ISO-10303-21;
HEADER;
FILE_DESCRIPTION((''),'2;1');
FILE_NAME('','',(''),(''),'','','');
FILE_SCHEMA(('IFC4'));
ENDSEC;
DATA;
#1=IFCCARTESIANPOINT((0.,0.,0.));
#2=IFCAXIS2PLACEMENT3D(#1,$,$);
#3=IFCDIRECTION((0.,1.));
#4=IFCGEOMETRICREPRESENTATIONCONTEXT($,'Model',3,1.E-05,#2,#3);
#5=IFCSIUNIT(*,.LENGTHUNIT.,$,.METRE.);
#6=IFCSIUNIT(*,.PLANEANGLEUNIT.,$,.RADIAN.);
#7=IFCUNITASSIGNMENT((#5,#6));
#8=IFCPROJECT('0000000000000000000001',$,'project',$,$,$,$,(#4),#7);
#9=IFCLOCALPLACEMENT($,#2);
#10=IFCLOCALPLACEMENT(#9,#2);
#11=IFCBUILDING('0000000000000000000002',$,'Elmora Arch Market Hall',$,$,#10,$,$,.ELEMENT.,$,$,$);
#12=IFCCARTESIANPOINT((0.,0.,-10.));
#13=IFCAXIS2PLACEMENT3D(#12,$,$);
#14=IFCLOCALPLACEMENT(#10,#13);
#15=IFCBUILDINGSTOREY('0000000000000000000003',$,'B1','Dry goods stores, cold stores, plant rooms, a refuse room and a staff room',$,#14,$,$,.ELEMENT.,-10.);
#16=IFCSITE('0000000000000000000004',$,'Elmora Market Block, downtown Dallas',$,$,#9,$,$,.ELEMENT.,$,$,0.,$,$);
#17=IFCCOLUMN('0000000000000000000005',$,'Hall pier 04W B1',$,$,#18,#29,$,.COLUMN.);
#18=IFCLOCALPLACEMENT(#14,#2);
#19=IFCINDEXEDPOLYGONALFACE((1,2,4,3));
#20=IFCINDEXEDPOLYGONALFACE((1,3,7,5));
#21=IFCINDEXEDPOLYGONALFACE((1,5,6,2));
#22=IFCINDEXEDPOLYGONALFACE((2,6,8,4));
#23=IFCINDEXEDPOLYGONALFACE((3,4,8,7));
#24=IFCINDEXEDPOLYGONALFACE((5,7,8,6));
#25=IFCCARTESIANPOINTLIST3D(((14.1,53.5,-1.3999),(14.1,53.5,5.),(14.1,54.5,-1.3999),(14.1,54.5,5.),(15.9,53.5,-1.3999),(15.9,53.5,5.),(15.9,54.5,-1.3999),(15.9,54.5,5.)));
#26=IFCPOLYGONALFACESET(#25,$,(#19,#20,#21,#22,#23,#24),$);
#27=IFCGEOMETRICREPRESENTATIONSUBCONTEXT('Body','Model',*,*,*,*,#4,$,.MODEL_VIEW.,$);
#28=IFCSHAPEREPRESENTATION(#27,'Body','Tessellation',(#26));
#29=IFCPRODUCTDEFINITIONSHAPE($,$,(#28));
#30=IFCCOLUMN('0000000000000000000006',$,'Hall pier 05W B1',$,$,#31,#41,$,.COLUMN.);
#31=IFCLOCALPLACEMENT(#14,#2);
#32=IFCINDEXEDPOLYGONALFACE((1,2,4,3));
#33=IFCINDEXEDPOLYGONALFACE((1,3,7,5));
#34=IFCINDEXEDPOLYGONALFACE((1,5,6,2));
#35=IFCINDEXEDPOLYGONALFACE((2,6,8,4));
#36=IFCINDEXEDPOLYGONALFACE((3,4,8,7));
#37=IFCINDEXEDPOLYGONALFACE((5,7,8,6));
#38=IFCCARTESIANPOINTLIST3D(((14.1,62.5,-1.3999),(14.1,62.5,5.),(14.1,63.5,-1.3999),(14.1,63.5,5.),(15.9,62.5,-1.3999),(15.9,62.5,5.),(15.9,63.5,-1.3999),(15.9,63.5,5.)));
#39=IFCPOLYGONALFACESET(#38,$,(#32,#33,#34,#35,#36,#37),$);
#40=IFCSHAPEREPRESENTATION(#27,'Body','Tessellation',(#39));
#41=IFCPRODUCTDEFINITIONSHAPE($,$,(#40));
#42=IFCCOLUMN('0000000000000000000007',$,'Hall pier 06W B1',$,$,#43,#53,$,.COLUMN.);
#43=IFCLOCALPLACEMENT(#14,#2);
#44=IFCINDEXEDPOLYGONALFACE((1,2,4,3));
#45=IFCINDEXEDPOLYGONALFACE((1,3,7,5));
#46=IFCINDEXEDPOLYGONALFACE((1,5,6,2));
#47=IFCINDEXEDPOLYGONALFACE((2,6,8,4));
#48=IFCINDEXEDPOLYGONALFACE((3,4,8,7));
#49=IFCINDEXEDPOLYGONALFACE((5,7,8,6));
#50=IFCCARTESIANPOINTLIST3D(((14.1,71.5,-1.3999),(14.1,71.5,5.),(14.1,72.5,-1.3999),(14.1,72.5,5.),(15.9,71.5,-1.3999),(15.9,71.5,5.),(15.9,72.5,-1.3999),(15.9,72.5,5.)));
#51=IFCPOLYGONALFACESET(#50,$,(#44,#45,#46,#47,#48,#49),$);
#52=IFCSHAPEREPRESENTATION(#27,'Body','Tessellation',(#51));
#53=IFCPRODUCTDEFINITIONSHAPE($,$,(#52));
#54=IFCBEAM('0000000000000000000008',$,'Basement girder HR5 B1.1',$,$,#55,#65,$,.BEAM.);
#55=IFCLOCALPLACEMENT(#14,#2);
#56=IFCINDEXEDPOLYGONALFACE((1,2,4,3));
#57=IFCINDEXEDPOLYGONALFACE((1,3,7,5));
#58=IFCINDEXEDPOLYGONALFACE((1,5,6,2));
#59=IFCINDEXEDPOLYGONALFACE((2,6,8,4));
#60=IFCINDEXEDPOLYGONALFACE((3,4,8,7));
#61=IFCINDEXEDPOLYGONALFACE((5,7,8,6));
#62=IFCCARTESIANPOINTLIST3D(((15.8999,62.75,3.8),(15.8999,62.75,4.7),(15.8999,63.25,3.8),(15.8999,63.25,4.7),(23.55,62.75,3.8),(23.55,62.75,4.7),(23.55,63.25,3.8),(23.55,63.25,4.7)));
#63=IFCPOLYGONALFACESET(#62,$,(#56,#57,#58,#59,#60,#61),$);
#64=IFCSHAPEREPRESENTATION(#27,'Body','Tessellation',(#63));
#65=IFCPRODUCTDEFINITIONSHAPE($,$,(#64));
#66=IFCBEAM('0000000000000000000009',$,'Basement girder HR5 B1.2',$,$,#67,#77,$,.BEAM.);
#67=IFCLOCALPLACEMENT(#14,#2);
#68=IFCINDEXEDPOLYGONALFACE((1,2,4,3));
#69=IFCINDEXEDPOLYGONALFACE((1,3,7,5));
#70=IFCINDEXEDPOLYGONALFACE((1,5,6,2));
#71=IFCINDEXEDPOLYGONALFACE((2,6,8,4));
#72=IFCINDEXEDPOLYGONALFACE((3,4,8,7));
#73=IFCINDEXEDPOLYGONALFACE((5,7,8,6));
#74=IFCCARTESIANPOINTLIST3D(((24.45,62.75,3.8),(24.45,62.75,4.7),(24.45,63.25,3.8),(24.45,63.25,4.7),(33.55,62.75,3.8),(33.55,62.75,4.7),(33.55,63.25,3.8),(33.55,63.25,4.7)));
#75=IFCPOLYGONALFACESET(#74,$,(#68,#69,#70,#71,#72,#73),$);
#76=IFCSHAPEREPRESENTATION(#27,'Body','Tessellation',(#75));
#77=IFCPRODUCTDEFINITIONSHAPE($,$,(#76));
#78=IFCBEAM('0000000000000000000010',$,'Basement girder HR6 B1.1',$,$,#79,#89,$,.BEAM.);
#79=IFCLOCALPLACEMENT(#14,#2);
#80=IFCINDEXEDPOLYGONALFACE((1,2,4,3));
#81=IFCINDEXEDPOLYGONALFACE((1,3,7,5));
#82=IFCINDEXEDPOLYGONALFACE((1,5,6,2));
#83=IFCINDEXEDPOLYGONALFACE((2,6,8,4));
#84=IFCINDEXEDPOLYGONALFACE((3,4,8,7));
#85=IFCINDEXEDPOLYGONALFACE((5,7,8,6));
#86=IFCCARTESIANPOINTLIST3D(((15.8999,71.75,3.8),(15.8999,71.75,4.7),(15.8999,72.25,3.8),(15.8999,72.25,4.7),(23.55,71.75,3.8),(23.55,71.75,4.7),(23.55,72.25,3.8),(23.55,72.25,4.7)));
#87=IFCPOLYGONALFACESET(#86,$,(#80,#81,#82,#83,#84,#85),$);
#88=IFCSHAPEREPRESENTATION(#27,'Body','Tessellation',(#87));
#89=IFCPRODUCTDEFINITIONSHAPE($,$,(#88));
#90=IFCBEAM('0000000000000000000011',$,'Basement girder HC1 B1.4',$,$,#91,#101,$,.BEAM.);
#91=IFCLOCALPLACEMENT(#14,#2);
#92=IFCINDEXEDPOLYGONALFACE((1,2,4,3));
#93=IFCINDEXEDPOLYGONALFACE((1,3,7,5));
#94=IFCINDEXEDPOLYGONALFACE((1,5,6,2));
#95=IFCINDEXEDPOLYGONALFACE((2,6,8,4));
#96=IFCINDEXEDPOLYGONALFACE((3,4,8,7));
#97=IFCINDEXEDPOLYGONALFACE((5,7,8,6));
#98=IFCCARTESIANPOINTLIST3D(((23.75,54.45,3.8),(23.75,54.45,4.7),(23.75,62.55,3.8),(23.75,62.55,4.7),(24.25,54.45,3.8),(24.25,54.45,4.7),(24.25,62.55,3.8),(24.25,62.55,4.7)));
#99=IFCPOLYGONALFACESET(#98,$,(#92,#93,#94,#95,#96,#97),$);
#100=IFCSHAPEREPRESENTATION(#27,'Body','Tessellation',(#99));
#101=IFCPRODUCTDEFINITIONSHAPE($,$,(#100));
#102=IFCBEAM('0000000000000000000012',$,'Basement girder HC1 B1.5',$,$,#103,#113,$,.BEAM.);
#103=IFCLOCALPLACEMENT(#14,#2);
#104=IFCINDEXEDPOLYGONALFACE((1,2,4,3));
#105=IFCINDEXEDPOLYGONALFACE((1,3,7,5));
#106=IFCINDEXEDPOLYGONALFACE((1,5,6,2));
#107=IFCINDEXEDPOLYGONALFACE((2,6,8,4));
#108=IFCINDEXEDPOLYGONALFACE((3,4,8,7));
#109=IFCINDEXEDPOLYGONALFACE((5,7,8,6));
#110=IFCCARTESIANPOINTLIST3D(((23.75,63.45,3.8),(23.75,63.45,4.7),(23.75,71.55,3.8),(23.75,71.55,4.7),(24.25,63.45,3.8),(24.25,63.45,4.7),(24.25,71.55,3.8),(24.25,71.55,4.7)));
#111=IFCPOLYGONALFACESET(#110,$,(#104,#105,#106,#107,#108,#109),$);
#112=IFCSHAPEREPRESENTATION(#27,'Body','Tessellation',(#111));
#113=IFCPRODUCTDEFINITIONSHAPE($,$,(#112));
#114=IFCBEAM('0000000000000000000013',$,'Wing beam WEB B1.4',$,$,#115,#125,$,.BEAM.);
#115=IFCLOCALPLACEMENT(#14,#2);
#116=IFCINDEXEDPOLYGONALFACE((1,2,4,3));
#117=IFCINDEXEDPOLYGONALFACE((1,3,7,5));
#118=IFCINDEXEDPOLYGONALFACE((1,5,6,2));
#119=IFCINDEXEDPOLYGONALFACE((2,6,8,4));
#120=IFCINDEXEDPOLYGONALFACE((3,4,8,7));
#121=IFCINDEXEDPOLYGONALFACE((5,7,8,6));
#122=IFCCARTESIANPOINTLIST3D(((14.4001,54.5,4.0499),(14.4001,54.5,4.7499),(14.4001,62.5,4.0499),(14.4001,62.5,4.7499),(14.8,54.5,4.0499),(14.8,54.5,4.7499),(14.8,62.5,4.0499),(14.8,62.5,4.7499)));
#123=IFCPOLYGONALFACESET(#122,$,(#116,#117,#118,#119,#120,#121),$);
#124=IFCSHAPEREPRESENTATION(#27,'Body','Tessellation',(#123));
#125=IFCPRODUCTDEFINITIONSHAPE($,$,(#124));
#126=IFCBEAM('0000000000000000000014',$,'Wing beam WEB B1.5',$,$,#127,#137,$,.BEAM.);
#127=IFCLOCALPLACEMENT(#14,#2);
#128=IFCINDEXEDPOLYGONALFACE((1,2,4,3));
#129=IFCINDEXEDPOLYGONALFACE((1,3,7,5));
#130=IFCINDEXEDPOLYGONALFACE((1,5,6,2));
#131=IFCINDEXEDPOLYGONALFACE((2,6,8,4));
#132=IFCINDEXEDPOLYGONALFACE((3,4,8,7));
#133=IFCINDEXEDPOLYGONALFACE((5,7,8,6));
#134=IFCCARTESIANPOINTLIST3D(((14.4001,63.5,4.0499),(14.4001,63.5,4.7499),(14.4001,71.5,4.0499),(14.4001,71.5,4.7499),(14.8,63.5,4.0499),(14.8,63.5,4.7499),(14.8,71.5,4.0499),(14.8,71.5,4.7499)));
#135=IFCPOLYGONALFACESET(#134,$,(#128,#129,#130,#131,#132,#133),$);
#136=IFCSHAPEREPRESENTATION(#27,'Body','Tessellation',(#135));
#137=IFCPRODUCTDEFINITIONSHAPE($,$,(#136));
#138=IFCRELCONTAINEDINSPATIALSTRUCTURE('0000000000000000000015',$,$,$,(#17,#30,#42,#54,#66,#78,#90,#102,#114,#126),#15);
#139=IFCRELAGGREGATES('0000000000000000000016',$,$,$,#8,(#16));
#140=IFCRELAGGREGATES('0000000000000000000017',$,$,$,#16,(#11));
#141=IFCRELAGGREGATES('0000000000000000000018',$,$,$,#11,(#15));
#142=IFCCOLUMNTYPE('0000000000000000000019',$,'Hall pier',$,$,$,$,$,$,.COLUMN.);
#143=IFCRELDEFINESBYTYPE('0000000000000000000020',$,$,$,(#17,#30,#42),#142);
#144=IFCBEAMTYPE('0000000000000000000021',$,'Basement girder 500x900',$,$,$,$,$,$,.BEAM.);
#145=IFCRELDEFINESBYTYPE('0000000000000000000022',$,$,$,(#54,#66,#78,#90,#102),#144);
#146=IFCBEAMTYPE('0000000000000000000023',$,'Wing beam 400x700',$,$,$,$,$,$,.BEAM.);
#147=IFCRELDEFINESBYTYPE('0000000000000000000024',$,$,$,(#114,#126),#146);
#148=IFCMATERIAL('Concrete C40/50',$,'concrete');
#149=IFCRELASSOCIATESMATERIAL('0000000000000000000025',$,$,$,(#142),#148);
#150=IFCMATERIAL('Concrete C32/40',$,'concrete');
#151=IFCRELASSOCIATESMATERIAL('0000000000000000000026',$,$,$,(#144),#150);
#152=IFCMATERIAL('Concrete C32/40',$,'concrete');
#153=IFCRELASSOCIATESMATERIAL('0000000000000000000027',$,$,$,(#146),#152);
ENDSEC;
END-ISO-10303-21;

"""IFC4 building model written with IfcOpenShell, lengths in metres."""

from ifc_helpers import new_model, si_unit, direction, frame, origin, origin_2d, place, context, subcontext, project, spatial, rectangle, extrude, material, material_profile, profile_set, type_object, element, save


model = new_model("IFC4")

# Units and contexts
model_context = context("Model", 3, precision=1e-05, world=origin(), true_north=direction((0.0, 1.0)))
body_context = subcontext(model_context, "Body", "Model", "MODEL_VIEW")
ifc_project = project(units=[si_unit("LENGTHUNIT", "METRE"), si_unit("PLANEANGLEUNIT", "RADIAN")], contexts=[model_context])

# Site, building, storey
site_placement = place(None, origin())
site = spatial("IfcSite", under=ifc_project, at=site_placement, Name="Elmora Market Block, downtown Dallas", CompositionType="ELEMENT", RefElevation=0.0)
building_placement = place(site_placement, origin())
building = spatial("IfcBuilding", under=site, at=building_placement, Name="Elmora Arch Market Hall", CompositionType="ELEMENT")
storey_placement = place(building_placement, frame((0.0, 0.0, -10.0)))
storey = spatial("IfcBuildingStorey", under=building, at=storey_placement, Name="B1", Description="Dry goods stores, cold stores, plant rooms, a refuse room and a staff room", CompositionType="ELEMENT", Elevation=-10.0)

# Columns
ifc_material_1 = material(Name="Concrete C40/50", Category="concrete")
ifc_material_profile_1 = material_profile(ifc_material_1, rectangle(XDim=1.8, YDim=1.0, at=origin_2d()), Name="Hall pier")
ifc_profile_set_1 = profile_set([ifc_material_profile_1], Name="Concrete C40/50")
column_type_1 = type_object("IfcColumnType", Name="Hall pier", PredefinedType="COLUMN", material=ifc_profile_set_1)
for number, where, z_axis, x_axis, name in (
    (1, (15.0, 54.0, -1.3999), (0.0, 0.0, 1.0), (1.0, 0.0, 0.0), "Hall pier 04W B1"),
    (2, (15.0, 63.0, -1.3999), (0.0, 0.0, 1.0), (1.0, 0.0, 0.0), "Hall pier 05W B1"),
    (3, (15.0, 72.0, -1.3999), (0.0, 0.0, 1.0), (1.0, 0.0, 0.0), "Hall pier 06W B1"),
):
    element("IfcColumn", number, at=place(storey_placement, frame(where, z_axis=z_axis, x_axis=x_axis)), inside=storey, type_object=column_type_1, Name=name, PredefinedType="COLUMN", context=body_context, shape_type="SweptSolid", body=[
        extrude(rectangle(XDim=1.8, YDim=1.0, at=origin_2d()), origin(), (0.0, 0.0, 1.0), 6.3999),
    ])

# Beams
ifc_material_2 = material(Name="Concrete C32/40", Category="concrete")
ifc_material_profile_2 = material_profile(ifc_material_2, rectangle(XDim=0.5, YDim=0.8999, at=origin_2d()), Name="Basement girder 500x900")
ifc_profile_set_2 = profile_set([ifc_material_profile_2], Name="Concrete C32/40")
beam_type_1 = type_object("IfcBeamType", Name="Basement girder 500x900", PredefinedType="BEAM", material=ifc_profile_set_2)
beam_1_placement = place(storey_placement, frame((15.8999, 63.0, 4.25), z_axis=(1.0, 0.0, 0.0), x_axis=(0.0, 1.0, 0.0)))
element("IfcBeam", 4, at=beam_1_placement, inside=storey, type_object=beam_type_1, Name="Basement girder HR5 B1.1", PredefinedType="BEAM", context=body_context, shape_type="SweptSolid", body=[
    extrude(rectangle(XDim=0.5, YDim=0.8999, at=origin_2d()), origin(), (0.0, 0.0, 1.0), 7.6501),
])
beam_2_placement = place(storey_placement, frame((24.45, 63.0, 4.25), z_axis=(1.0, 0.0, 0.0), x_axis=(0.0, 1.0, 0.0)))
element("IfcBeam", 5, at=beam_2_placement, inside=storey, type_object=beam_type_1, Name="Basement girder HR5 B1.2", PredefinedType="BEAM", context=body_context, shape_type="SweptSolid", body=[
    extrude(rectangle(XDim=0.5, YDim=0.8999, at=origin_2d()), origin(), (0.0, 0.0, 1.0), 9.1001),
])
beam_3_placement = place(storey_placement, frame((15.8999, 72.0, 4.25), z_axis=(1.0, 0.0, 0.0), x_axis=(0.0, 1.0, 0.0)))
element("IfcBeam", 6, at=beam_3_placement, inside=storey, type_object=beam_type_1, Name="Basement girder HR6 B1.1", PredefinedType="BEAM", context=body_context, shape_type="SweptSolid", body=[
    extrude(rectangle(XDim=0.5, YDim=0.8999, at=origin_2d()), origin(), (0.0, 0.0, 1.0), 7.6501),
])
for number, where, z_axis, x_axis, name in (
    (7, (24.0, 54.45, 4.25), (0.0, 1.0, 0.0), (-1.0, 0.0, 0.0), "Basement girder HC1 B1.4"),
    (8, (24.0, 63.45, 4.25), (0.0, 1.0, 0.0), (-1.0, 0.0, 0.0), "Basement girder HC1 B1.5"),
):
    element("IfcBeam", number, at=place(storey_placement, frame(where, z_axis=z_axis, x_axis=x_axis)), inside=storey, type_object=beam_type_1, Name=name, PredefinedType="BEAM", context=body_context, shape_type="SweptSolid", body=[
        extrude(rectangle(XDim=0.5, YDim=0.8999, at=origin_2d()), origin(), (0.0, 0.0, 1.0), 8.1001),
    ])
ifc_material_3 = material(Name="Concrete C32/40", Category="concrete")
ifc_material_profile_3 = material_profile(ifc_material_3, rectangle(XDim=0.3999, YDim=0.7, at=origin_2d()), Name="Wing beam 400x700")
ifc_profile_set_3 = profile_set([ifc_material_profile_3], Name="Concrete C32/40")
beam_type_2 = type_object("IfcBeamType", Name="Wing beam 400x700", PredefinedType="BEAM", material=ifc_profile_set_3)
for number, where, z_axis, x_axis, name in (
    (9, (14.6001, 54.5, 4.3999), (0.0, 1.0, 0.0), (-1.0, 0.0, 0.0), "Wing beam WEB B1.4"),
    (10, (14.6001, 63.5, 4.3999), (0.0, 1.0, 0.0), (-1.0, 0.0, 0.0), "Wing beam WEB B1.5"),
):
    element("IfcBeam", number, at=place(storey_placement, frame(where, z_axis=z_axis, x_axis=x_axis)), inside=storey, type_object=beam_type_2, Name=name, PredefinedType="BEAM", context=body_context, shape_type="SweptSolid", body=[
        extrude(rectangle(XDim=0.3999, YDim=0.7, at=origin_2d()), origin(), (0.0, 0.0, 1.0), 8.0),
    ])

save(model, "model.ifc")
